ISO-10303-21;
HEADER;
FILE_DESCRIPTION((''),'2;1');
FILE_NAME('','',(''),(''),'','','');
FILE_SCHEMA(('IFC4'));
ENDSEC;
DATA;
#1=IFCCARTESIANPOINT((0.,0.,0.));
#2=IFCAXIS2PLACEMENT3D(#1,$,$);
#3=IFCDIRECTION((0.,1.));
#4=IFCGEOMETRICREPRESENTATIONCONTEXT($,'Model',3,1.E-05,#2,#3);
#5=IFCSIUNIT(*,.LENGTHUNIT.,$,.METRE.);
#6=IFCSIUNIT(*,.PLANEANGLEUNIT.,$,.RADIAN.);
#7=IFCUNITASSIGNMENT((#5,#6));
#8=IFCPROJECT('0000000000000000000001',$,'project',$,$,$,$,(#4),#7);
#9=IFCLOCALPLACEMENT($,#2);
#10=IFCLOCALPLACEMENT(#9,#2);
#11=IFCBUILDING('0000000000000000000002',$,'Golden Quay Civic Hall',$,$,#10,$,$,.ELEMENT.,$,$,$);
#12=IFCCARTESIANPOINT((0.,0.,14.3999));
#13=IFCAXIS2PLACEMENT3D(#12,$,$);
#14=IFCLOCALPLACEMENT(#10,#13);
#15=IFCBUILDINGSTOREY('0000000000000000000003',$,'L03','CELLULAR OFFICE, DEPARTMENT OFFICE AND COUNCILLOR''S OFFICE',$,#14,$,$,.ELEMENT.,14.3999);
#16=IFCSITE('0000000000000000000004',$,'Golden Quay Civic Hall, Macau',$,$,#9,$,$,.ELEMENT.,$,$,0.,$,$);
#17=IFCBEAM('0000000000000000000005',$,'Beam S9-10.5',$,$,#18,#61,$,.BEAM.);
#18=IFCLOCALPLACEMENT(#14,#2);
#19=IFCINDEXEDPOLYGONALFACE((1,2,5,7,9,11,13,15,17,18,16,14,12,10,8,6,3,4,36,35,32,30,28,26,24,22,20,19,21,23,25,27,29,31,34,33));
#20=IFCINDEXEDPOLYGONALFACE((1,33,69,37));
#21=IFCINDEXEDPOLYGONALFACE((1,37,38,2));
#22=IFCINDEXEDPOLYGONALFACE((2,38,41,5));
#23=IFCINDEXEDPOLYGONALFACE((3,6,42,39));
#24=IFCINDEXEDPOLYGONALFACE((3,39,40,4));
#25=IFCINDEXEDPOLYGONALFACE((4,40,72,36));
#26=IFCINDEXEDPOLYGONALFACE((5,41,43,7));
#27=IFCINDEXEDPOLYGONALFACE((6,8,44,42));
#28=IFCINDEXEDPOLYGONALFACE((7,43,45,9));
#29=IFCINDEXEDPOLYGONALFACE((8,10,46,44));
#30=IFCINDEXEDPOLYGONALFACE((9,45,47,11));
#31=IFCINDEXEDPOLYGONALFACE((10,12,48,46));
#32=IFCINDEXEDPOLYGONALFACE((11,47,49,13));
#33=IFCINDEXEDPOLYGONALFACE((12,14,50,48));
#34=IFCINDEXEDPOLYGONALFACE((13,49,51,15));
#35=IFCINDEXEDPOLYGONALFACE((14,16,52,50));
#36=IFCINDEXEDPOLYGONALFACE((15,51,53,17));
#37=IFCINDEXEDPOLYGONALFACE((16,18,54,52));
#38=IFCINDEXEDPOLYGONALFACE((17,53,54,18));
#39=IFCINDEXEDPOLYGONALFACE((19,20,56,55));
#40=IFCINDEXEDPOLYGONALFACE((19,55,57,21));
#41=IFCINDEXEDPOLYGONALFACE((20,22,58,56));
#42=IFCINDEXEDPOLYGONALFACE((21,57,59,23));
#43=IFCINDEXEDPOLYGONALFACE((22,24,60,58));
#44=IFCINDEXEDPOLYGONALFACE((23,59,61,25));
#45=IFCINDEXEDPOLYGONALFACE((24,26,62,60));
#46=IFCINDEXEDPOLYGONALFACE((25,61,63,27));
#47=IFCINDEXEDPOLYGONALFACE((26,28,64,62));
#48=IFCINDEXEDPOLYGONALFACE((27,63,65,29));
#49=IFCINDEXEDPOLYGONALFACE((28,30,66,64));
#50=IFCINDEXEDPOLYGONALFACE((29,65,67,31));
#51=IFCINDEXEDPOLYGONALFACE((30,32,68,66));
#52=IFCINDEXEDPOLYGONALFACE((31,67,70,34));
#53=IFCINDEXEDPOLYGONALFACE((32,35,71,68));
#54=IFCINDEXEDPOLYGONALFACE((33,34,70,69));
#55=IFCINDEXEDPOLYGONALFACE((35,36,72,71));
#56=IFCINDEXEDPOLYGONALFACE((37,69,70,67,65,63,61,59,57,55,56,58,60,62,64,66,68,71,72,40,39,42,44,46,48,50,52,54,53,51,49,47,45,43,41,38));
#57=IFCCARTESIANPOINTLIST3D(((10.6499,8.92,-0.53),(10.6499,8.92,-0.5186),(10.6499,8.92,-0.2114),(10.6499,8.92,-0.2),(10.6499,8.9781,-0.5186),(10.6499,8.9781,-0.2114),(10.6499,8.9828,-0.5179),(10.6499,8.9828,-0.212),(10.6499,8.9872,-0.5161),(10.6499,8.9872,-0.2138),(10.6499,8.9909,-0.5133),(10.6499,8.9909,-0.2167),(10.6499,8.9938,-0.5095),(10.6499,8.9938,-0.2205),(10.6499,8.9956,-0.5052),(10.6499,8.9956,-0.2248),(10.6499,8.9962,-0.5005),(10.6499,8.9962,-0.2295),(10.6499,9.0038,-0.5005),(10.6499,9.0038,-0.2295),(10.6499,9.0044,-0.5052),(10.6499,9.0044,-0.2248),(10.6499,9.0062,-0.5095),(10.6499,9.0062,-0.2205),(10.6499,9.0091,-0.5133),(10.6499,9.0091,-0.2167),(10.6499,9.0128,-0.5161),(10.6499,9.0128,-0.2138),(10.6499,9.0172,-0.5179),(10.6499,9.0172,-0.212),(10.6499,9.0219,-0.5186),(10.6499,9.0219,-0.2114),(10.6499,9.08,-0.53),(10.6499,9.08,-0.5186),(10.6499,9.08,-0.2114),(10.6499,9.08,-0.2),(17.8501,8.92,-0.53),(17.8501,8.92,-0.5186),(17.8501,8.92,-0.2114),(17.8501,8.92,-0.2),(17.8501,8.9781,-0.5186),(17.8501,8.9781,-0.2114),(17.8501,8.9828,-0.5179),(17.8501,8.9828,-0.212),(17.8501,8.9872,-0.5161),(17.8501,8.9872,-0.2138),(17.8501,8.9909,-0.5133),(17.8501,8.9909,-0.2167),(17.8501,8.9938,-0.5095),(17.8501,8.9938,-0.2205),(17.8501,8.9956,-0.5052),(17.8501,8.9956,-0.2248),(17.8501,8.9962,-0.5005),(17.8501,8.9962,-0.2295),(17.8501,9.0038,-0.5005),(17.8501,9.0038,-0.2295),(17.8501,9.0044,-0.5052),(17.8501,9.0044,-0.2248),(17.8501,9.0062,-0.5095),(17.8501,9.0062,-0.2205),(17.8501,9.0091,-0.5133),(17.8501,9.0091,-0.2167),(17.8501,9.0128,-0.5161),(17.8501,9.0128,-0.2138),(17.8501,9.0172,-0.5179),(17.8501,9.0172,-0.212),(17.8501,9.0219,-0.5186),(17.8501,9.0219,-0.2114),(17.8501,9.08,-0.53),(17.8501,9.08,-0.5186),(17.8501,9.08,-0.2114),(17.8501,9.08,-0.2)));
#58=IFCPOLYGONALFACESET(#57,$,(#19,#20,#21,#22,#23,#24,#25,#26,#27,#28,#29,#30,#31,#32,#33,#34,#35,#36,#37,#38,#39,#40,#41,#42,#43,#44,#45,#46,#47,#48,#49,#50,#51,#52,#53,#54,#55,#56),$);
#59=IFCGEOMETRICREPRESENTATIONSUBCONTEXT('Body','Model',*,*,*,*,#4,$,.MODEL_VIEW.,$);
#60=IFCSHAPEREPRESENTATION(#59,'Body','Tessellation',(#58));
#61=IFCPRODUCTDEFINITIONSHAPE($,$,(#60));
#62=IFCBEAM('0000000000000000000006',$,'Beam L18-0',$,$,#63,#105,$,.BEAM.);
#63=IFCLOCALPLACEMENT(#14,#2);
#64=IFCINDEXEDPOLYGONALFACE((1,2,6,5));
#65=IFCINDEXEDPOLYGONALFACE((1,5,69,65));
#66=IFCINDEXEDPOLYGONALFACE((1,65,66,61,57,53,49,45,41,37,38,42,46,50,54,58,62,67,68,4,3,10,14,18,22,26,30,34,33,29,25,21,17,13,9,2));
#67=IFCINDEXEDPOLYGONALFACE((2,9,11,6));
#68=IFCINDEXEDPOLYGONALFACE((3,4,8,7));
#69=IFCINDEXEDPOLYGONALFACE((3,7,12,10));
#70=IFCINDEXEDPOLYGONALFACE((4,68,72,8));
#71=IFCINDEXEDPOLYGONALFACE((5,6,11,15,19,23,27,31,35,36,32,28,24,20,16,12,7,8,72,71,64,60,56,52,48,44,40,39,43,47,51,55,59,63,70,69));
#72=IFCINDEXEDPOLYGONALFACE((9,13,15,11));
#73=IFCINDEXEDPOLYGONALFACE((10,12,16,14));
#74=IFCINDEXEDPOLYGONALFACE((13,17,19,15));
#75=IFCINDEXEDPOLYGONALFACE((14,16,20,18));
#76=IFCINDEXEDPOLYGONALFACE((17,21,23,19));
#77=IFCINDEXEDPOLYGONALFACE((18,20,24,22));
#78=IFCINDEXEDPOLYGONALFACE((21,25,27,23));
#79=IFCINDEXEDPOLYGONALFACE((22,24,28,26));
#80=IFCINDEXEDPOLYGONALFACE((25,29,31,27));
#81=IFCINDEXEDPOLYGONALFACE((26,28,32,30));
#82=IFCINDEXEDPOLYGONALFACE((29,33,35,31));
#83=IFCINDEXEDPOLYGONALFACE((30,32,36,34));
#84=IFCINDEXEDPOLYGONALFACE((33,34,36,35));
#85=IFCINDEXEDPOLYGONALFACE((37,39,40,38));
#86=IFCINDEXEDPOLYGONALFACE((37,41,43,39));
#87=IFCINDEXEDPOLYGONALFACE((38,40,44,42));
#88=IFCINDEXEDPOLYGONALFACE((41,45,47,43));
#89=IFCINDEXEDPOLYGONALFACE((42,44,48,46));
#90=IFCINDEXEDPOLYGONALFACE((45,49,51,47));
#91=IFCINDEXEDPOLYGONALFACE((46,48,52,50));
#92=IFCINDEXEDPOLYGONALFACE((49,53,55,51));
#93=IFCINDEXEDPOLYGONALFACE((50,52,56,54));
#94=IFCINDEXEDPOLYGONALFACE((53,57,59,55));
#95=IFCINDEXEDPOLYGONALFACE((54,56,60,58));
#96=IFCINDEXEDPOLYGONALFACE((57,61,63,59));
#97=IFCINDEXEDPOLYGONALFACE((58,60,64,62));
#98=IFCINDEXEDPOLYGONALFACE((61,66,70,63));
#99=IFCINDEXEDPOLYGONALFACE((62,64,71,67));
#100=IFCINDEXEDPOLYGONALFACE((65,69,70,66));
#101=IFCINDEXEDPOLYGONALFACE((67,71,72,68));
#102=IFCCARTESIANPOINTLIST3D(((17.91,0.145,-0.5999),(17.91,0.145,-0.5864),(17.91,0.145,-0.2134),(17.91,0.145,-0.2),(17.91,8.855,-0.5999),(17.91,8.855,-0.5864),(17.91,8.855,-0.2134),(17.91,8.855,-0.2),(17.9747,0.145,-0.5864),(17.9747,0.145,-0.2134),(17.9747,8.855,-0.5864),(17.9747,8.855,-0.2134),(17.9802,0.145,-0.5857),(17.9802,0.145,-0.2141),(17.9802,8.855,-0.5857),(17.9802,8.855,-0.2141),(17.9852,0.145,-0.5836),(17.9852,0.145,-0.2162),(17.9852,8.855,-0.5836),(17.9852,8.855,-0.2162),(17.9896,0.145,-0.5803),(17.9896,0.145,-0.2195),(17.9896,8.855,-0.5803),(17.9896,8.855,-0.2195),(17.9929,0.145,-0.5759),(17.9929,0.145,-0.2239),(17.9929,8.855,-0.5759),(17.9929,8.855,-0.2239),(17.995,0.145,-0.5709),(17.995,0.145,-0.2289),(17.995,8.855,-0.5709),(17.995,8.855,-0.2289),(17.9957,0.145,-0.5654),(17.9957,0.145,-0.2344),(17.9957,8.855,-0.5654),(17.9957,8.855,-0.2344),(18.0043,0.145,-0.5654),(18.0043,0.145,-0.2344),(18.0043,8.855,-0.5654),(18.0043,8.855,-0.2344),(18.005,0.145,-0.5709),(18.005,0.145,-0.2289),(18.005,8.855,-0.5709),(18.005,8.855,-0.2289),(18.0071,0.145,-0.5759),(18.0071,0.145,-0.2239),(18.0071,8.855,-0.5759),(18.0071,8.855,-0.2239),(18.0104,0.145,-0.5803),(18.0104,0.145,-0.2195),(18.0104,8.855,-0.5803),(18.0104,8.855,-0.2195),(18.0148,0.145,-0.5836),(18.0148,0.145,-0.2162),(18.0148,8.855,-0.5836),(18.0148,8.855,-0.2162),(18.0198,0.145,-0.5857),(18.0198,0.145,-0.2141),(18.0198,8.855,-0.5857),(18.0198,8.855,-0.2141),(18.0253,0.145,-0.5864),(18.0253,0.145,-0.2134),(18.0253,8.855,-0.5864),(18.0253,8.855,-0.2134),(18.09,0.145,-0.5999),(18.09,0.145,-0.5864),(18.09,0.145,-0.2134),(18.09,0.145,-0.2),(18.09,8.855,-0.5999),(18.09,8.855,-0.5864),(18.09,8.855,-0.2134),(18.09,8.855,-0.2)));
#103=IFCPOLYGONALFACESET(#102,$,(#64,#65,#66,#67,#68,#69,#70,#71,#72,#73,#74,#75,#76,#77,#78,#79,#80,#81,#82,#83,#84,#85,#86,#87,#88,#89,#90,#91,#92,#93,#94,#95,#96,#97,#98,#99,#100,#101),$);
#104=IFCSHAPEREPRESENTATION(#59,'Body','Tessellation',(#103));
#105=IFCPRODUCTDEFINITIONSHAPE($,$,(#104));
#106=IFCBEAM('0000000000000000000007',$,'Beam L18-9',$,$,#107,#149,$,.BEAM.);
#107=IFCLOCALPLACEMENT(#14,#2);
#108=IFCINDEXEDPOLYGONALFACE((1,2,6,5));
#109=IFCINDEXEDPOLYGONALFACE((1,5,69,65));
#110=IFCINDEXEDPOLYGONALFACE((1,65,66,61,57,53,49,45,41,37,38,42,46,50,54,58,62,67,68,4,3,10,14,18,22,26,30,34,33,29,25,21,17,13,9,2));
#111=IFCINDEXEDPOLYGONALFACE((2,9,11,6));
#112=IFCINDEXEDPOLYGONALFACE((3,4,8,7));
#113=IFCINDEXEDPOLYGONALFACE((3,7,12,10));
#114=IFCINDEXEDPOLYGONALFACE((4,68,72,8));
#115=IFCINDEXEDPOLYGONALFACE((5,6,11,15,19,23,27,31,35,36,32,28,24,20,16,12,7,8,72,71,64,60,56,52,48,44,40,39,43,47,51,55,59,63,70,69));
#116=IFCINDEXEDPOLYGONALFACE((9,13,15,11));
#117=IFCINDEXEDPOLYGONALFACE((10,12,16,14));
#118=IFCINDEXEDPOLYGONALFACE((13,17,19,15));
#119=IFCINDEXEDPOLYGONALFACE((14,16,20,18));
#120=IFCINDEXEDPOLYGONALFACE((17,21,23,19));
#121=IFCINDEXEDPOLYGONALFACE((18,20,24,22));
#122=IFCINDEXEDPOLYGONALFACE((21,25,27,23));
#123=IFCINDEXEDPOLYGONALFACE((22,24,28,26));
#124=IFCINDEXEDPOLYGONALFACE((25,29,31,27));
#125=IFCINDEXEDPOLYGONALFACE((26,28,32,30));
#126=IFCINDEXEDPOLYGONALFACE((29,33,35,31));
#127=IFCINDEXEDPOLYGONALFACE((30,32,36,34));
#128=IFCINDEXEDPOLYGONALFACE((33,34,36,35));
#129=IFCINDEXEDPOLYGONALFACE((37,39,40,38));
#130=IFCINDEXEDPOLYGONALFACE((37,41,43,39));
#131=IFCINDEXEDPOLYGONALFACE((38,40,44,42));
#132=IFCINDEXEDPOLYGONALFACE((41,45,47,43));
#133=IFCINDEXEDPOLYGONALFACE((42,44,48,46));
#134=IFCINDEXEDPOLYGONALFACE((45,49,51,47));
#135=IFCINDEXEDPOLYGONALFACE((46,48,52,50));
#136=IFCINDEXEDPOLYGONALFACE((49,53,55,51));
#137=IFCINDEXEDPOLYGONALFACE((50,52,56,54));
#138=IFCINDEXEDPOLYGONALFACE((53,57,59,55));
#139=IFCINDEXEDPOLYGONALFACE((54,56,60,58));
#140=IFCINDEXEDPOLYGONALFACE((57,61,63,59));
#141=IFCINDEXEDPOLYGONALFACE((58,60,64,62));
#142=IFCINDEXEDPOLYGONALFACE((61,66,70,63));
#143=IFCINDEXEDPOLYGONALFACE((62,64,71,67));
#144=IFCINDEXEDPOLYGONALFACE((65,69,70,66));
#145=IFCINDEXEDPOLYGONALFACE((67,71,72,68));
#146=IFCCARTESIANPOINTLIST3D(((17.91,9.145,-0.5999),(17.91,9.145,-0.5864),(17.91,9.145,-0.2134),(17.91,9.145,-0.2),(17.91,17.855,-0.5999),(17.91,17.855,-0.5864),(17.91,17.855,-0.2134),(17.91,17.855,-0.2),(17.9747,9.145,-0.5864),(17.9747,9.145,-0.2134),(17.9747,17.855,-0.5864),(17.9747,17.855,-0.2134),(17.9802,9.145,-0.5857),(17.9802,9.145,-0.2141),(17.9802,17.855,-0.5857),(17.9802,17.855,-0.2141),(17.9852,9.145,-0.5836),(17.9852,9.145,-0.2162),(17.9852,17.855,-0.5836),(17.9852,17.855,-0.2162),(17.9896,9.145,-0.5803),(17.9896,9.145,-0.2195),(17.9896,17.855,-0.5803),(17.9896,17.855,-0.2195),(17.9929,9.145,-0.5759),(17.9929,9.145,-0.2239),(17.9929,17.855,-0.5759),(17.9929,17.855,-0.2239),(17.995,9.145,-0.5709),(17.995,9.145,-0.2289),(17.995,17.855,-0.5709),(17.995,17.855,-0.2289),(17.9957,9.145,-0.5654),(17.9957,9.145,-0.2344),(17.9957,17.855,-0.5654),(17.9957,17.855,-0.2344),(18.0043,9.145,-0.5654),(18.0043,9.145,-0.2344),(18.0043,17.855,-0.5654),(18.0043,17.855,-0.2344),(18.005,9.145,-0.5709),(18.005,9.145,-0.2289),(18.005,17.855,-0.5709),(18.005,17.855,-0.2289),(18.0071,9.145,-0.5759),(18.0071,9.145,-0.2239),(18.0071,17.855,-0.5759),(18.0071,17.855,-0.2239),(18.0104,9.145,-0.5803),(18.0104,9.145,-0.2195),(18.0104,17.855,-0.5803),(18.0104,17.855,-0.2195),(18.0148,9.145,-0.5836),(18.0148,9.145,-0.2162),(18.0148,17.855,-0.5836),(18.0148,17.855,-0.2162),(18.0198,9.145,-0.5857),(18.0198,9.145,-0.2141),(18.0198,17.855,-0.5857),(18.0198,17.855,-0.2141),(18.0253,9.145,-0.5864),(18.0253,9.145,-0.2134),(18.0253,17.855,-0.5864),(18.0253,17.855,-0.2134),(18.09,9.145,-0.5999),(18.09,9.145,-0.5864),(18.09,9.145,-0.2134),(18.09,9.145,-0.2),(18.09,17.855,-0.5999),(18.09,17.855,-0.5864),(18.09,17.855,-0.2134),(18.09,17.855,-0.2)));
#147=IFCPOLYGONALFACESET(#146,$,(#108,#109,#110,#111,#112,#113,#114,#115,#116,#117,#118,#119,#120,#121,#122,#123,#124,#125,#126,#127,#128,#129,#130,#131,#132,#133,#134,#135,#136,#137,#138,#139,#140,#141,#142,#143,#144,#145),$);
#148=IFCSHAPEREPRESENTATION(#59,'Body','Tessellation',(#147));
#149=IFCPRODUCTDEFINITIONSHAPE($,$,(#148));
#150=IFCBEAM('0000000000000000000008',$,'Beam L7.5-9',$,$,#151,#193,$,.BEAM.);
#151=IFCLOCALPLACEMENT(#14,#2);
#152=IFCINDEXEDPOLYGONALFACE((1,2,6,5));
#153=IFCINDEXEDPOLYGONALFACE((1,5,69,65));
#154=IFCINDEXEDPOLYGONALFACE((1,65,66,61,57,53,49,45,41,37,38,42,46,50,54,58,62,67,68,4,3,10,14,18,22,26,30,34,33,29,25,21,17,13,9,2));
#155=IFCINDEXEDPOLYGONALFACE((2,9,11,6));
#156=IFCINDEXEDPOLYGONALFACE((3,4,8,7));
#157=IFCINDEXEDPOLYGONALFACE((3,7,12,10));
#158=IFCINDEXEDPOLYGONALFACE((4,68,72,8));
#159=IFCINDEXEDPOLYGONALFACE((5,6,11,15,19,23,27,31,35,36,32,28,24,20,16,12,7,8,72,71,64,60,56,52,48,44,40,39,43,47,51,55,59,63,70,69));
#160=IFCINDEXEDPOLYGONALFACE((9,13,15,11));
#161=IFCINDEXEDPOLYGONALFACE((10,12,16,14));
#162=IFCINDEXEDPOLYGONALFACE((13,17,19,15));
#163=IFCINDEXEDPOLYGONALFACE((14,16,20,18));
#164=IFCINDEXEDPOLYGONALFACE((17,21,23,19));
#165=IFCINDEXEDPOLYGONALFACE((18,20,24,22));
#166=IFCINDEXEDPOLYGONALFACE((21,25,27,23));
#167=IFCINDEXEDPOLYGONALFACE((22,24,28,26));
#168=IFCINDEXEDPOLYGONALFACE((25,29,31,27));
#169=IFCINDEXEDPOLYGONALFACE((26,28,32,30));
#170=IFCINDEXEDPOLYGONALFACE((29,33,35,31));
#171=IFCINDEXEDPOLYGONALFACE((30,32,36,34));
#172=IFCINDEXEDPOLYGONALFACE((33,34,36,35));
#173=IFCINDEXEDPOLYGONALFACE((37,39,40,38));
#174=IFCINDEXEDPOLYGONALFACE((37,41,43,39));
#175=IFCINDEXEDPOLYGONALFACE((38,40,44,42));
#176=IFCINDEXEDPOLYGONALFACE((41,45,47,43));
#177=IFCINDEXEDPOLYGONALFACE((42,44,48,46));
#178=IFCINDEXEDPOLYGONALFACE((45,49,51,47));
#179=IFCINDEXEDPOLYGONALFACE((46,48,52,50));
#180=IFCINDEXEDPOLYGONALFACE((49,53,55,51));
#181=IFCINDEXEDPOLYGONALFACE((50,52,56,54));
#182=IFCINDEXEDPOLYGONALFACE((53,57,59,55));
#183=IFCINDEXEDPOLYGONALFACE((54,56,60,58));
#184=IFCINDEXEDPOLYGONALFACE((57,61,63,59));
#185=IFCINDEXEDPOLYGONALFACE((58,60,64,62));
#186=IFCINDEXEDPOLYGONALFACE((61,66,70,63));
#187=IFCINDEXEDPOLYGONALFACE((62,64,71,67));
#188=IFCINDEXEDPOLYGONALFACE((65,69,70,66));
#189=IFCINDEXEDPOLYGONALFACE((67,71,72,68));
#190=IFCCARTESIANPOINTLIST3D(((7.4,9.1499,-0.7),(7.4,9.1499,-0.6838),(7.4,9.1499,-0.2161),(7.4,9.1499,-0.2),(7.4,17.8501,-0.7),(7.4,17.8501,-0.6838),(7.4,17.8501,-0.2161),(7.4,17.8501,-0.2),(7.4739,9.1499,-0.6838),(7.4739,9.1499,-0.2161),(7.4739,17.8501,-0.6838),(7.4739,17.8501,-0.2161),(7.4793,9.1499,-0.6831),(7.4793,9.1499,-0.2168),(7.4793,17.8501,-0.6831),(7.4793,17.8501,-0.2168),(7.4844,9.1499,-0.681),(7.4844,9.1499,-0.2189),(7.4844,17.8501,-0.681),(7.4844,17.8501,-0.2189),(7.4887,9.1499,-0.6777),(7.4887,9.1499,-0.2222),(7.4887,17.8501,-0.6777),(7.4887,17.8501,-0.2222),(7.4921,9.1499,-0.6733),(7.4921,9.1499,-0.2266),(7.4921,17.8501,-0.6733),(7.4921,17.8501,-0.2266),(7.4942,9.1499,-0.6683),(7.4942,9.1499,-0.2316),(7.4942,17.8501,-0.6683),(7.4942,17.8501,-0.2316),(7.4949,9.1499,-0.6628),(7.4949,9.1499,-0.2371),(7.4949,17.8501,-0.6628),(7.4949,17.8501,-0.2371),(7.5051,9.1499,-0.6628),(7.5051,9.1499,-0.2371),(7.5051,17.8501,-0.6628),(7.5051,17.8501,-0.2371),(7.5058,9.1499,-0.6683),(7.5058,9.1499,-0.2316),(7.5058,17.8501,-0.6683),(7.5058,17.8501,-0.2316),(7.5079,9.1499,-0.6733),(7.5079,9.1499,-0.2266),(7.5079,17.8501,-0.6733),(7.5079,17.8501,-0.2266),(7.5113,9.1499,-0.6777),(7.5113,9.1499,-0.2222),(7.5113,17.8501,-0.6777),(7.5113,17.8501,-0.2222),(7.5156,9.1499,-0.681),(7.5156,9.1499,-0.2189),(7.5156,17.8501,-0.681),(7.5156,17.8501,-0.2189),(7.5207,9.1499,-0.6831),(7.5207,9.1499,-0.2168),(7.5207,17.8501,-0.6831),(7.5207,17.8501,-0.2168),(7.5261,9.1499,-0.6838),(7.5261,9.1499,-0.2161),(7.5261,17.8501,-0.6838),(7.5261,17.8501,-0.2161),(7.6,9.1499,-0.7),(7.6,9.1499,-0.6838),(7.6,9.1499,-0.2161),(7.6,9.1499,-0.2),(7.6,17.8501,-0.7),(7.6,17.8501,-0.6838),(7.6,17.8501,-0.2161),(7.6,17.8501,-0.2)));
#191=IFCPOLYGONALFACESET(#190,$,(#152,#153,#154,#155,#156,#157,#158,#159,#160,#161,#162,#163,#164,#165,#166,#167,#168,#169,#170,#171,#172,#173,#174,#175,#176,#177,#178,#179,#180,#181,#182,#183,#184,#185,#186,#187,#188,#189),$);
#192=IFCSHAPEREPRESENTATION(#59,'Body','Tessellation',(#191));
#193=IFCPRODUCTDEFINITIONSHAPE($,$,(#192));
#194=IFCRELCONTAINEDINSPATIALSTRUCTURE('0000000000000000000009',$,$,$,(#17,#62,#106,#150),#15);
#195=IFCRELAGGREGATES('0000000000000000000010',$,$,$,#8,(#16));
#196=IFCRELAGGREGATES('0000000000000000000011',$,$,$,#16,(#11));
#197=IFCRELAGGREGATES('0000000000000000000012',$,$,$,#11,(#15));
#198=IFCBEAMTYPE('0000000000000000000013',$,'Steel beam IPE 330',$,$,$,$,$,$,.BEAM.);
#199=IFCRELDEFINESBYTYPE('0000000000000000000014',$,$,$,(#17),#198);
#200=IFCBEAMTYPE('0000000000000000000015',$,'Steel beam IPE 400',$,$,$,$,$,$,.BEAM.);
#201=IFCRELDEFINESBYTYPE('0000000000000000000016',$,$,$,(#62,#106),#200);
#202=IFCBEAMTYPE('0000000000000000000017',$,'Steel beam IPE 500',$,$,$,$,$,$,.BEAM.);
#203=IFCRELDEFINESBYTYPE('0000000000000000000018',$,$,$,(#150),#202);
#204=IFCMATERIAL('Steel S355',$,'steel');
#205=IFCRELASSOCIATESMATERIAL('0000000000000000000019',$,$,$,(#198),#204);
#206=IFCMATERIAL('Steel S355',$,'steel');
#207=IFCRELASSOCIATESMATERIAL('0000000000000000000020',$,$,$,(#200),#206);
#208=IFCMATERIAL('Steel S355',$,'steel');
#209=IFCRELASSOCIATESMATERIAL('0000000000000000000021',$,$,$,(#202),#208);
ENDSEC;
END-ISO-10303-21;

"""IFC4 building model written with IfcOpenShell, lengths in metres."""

from ifc_helpers import new_model, si_unit, direction, frame, origin, origin_2d, place, context, subcontext, project, spatial, i_section, extrude, material, material_profile, profile_set, type_object, element, save


model = new_model("IFC4")

# Units and contexts
model_context = context("Model", 3, precision=1e-05, world=origin(), true_north=direction((0.0, 1.0)))
body_context = subcontext(model_context, "Body", "Model", "MODEL_VIEW")
ifc_project = project(units=[si_unit("LENGTHUNIT", "METRE"), si_unit("PLANEANGLEUNIT", "RADIAN")], contexts=[model_context])

# Site, building, storey
site_placement = place(None, origin())
site = spatial("IfcSite", under=ifc_project, at=site_placement, Name="Golden Quay Civic Hall, Macau", CompositionType="ELEMENT", RefElevation=0.0)
building_placement = place(site_placement, origin())
building = spatial("IfcBuilding", under=site, at=building_placement, Name="Golden Quay Civic Hall", CompositionType="ELEMENT")
storey_placement = place(building_placement, frame((0.0, 0.0, 14.3999)))
storey = spatial("IfcBuildingStorey", under=building, at=storey_placement, Name="L03", Description="CELLULAR OFFICE, DEPARTMENT OFFICE AND COUNCILLOR'S OFFICE", CompositionType="ELEMENT", Elevation=14.3999)

# Beams
ifc_material_1 = material(Name="Steel S355", Category="steel")
ifc_material_profile_1 = material_profile(ifc_material_1, i_section(OverallWidth=0.1599, OverallDepth=0.3301, WebThickness=0.0076, FlangeThickness=0.0115, FilletRadius=0.0181, at=origin_2d()), Name="IPE 330")
ifc_profile_set_1 = profile_set([ifc_material_profile_1], Name="Steel S355")
beam_type_1 = type_object("IfcBeamType", Name="Steel beam IPE 330", PredefinedType="BEAM", material=ifc_profile_set_1)
for number, where, z_axis, x_axis, name in (
    (1, (10.6499, 9.0, -0.365), (1.0, 0.0, 0.0), (0.0, 1.0, 0.0), "Beam S9-10.5"),
):
    element("IfcBeam", number, at=place(storey_placement, frame(where, z_axis=z_axis, x_axis=x_axis)), inside=storey, type_object=beam_type_1, Name=name, PredefinedType="BEAM", context=body_context, shape_type="SweptSolid", body=[
        extrude(i_section(OverallWidth=0.1599, OverallDepth=0.3301, WebThickness=0.0076, FlangeThickness=0.0115, FilletRadius=0.0181, at=origin_2d()), origin(), (0.0, 0.0, 1.0), 7.2002),
    ])
ifc_material_2 = material(Name="Steel S355", Category="steel")
ifc_material_profile_2 = material_profile(ifc_material_2, i_section(OverallWidth=0.1799, OverallDepth=0.3999, WebThickness=0.0085, FlangeThickness=0.0134, FilletRadius=0.021, at=origin_2d()), Name="IPE 400")
ifc_profile_set_2 = profile_set([ifc_material_profile_2], Name="Steel S355")
beam_type_2 = type_object("IfcBeamType", Name="Steel beam IPE 400", PredefinedType="BEAM", material=ifc_profile_set_2)
for number, where, z_axis, x_axis, name in (
    (2, (18.0, 0.145, -0.3999), (0.0, 1.0, 0.0), (-1.0, 0.0, 0.0), "Beam L18-0"),
    (3, (18.0, 9.145, -0.3999), (0.0, 1.0, 0.0), (-1.0, 0.0, 0.0), "Beam L18-9"),
):
    element("IfcBeam", number, at=place(storey_placement, frame(where, z_axis=z_axis, x_axis=x_axis)), inside=storey, type_object=beam_type_2, Name=name, PredefinedType="BEAM", context=body_context, shape_type="SweptSolid", body=[
        extrude(i_section(OverallWidth=0.1799, OverallDepth=0.3999, WebThickness=0.0085, FlangeThickness=0.0134, FilletRadius=0.021, at=origin_2d()), origin(), (0.0, 0.0, 1.0), 8.71),
    ])
ifc_material_3 = material(Name="Steel S355", Category="steel")
ifc_material_profile_3 = material_profile(ifc_material_3, i_section(OverallWidth=0.2, OverallDepth=0.5, WebThickness=0.0103, FlangeThickness=0.0161, FilletRadius=0.021, at=origin_2d()), Name="IPE 500")
ifc_profile_set_3 = profile_set([ifc_material_profile_3], Name="Steel S355")
beam_type_3 = type_object("IfcBeamType", Name="Steel beam IPE 500", PredefinedType="BEAM", material=ifc_profile_set_3)
for number, where, z_axis, x_axis, name in (
    (4, (7.5, 9.1499, -0.45), (0.0, 1.0, 0.0), (-1.0, 0.0, 0.0), "Beam L7.5-9"),
):
    element("IfcBeam", number, at=place(storey_placement, frame(where, z_axis=z_axis, x_axis=x_axis)), inside=storey, type_object=beam_type_3, Name=name, PredefinedType="BEAM", context=body_context, shape_type="SweptSolid", body=[
        extrude(i_section(OverallWidth=0.2, OverallDepth=0.5, WebThickness=0.0103, FlangeThickness=0.0161, FilletRadius=0.021, at=origin_2d()), origin(), (0.0, 0.0, 1.0), 8.7002),
    ])

save(model, "model.ifc")
